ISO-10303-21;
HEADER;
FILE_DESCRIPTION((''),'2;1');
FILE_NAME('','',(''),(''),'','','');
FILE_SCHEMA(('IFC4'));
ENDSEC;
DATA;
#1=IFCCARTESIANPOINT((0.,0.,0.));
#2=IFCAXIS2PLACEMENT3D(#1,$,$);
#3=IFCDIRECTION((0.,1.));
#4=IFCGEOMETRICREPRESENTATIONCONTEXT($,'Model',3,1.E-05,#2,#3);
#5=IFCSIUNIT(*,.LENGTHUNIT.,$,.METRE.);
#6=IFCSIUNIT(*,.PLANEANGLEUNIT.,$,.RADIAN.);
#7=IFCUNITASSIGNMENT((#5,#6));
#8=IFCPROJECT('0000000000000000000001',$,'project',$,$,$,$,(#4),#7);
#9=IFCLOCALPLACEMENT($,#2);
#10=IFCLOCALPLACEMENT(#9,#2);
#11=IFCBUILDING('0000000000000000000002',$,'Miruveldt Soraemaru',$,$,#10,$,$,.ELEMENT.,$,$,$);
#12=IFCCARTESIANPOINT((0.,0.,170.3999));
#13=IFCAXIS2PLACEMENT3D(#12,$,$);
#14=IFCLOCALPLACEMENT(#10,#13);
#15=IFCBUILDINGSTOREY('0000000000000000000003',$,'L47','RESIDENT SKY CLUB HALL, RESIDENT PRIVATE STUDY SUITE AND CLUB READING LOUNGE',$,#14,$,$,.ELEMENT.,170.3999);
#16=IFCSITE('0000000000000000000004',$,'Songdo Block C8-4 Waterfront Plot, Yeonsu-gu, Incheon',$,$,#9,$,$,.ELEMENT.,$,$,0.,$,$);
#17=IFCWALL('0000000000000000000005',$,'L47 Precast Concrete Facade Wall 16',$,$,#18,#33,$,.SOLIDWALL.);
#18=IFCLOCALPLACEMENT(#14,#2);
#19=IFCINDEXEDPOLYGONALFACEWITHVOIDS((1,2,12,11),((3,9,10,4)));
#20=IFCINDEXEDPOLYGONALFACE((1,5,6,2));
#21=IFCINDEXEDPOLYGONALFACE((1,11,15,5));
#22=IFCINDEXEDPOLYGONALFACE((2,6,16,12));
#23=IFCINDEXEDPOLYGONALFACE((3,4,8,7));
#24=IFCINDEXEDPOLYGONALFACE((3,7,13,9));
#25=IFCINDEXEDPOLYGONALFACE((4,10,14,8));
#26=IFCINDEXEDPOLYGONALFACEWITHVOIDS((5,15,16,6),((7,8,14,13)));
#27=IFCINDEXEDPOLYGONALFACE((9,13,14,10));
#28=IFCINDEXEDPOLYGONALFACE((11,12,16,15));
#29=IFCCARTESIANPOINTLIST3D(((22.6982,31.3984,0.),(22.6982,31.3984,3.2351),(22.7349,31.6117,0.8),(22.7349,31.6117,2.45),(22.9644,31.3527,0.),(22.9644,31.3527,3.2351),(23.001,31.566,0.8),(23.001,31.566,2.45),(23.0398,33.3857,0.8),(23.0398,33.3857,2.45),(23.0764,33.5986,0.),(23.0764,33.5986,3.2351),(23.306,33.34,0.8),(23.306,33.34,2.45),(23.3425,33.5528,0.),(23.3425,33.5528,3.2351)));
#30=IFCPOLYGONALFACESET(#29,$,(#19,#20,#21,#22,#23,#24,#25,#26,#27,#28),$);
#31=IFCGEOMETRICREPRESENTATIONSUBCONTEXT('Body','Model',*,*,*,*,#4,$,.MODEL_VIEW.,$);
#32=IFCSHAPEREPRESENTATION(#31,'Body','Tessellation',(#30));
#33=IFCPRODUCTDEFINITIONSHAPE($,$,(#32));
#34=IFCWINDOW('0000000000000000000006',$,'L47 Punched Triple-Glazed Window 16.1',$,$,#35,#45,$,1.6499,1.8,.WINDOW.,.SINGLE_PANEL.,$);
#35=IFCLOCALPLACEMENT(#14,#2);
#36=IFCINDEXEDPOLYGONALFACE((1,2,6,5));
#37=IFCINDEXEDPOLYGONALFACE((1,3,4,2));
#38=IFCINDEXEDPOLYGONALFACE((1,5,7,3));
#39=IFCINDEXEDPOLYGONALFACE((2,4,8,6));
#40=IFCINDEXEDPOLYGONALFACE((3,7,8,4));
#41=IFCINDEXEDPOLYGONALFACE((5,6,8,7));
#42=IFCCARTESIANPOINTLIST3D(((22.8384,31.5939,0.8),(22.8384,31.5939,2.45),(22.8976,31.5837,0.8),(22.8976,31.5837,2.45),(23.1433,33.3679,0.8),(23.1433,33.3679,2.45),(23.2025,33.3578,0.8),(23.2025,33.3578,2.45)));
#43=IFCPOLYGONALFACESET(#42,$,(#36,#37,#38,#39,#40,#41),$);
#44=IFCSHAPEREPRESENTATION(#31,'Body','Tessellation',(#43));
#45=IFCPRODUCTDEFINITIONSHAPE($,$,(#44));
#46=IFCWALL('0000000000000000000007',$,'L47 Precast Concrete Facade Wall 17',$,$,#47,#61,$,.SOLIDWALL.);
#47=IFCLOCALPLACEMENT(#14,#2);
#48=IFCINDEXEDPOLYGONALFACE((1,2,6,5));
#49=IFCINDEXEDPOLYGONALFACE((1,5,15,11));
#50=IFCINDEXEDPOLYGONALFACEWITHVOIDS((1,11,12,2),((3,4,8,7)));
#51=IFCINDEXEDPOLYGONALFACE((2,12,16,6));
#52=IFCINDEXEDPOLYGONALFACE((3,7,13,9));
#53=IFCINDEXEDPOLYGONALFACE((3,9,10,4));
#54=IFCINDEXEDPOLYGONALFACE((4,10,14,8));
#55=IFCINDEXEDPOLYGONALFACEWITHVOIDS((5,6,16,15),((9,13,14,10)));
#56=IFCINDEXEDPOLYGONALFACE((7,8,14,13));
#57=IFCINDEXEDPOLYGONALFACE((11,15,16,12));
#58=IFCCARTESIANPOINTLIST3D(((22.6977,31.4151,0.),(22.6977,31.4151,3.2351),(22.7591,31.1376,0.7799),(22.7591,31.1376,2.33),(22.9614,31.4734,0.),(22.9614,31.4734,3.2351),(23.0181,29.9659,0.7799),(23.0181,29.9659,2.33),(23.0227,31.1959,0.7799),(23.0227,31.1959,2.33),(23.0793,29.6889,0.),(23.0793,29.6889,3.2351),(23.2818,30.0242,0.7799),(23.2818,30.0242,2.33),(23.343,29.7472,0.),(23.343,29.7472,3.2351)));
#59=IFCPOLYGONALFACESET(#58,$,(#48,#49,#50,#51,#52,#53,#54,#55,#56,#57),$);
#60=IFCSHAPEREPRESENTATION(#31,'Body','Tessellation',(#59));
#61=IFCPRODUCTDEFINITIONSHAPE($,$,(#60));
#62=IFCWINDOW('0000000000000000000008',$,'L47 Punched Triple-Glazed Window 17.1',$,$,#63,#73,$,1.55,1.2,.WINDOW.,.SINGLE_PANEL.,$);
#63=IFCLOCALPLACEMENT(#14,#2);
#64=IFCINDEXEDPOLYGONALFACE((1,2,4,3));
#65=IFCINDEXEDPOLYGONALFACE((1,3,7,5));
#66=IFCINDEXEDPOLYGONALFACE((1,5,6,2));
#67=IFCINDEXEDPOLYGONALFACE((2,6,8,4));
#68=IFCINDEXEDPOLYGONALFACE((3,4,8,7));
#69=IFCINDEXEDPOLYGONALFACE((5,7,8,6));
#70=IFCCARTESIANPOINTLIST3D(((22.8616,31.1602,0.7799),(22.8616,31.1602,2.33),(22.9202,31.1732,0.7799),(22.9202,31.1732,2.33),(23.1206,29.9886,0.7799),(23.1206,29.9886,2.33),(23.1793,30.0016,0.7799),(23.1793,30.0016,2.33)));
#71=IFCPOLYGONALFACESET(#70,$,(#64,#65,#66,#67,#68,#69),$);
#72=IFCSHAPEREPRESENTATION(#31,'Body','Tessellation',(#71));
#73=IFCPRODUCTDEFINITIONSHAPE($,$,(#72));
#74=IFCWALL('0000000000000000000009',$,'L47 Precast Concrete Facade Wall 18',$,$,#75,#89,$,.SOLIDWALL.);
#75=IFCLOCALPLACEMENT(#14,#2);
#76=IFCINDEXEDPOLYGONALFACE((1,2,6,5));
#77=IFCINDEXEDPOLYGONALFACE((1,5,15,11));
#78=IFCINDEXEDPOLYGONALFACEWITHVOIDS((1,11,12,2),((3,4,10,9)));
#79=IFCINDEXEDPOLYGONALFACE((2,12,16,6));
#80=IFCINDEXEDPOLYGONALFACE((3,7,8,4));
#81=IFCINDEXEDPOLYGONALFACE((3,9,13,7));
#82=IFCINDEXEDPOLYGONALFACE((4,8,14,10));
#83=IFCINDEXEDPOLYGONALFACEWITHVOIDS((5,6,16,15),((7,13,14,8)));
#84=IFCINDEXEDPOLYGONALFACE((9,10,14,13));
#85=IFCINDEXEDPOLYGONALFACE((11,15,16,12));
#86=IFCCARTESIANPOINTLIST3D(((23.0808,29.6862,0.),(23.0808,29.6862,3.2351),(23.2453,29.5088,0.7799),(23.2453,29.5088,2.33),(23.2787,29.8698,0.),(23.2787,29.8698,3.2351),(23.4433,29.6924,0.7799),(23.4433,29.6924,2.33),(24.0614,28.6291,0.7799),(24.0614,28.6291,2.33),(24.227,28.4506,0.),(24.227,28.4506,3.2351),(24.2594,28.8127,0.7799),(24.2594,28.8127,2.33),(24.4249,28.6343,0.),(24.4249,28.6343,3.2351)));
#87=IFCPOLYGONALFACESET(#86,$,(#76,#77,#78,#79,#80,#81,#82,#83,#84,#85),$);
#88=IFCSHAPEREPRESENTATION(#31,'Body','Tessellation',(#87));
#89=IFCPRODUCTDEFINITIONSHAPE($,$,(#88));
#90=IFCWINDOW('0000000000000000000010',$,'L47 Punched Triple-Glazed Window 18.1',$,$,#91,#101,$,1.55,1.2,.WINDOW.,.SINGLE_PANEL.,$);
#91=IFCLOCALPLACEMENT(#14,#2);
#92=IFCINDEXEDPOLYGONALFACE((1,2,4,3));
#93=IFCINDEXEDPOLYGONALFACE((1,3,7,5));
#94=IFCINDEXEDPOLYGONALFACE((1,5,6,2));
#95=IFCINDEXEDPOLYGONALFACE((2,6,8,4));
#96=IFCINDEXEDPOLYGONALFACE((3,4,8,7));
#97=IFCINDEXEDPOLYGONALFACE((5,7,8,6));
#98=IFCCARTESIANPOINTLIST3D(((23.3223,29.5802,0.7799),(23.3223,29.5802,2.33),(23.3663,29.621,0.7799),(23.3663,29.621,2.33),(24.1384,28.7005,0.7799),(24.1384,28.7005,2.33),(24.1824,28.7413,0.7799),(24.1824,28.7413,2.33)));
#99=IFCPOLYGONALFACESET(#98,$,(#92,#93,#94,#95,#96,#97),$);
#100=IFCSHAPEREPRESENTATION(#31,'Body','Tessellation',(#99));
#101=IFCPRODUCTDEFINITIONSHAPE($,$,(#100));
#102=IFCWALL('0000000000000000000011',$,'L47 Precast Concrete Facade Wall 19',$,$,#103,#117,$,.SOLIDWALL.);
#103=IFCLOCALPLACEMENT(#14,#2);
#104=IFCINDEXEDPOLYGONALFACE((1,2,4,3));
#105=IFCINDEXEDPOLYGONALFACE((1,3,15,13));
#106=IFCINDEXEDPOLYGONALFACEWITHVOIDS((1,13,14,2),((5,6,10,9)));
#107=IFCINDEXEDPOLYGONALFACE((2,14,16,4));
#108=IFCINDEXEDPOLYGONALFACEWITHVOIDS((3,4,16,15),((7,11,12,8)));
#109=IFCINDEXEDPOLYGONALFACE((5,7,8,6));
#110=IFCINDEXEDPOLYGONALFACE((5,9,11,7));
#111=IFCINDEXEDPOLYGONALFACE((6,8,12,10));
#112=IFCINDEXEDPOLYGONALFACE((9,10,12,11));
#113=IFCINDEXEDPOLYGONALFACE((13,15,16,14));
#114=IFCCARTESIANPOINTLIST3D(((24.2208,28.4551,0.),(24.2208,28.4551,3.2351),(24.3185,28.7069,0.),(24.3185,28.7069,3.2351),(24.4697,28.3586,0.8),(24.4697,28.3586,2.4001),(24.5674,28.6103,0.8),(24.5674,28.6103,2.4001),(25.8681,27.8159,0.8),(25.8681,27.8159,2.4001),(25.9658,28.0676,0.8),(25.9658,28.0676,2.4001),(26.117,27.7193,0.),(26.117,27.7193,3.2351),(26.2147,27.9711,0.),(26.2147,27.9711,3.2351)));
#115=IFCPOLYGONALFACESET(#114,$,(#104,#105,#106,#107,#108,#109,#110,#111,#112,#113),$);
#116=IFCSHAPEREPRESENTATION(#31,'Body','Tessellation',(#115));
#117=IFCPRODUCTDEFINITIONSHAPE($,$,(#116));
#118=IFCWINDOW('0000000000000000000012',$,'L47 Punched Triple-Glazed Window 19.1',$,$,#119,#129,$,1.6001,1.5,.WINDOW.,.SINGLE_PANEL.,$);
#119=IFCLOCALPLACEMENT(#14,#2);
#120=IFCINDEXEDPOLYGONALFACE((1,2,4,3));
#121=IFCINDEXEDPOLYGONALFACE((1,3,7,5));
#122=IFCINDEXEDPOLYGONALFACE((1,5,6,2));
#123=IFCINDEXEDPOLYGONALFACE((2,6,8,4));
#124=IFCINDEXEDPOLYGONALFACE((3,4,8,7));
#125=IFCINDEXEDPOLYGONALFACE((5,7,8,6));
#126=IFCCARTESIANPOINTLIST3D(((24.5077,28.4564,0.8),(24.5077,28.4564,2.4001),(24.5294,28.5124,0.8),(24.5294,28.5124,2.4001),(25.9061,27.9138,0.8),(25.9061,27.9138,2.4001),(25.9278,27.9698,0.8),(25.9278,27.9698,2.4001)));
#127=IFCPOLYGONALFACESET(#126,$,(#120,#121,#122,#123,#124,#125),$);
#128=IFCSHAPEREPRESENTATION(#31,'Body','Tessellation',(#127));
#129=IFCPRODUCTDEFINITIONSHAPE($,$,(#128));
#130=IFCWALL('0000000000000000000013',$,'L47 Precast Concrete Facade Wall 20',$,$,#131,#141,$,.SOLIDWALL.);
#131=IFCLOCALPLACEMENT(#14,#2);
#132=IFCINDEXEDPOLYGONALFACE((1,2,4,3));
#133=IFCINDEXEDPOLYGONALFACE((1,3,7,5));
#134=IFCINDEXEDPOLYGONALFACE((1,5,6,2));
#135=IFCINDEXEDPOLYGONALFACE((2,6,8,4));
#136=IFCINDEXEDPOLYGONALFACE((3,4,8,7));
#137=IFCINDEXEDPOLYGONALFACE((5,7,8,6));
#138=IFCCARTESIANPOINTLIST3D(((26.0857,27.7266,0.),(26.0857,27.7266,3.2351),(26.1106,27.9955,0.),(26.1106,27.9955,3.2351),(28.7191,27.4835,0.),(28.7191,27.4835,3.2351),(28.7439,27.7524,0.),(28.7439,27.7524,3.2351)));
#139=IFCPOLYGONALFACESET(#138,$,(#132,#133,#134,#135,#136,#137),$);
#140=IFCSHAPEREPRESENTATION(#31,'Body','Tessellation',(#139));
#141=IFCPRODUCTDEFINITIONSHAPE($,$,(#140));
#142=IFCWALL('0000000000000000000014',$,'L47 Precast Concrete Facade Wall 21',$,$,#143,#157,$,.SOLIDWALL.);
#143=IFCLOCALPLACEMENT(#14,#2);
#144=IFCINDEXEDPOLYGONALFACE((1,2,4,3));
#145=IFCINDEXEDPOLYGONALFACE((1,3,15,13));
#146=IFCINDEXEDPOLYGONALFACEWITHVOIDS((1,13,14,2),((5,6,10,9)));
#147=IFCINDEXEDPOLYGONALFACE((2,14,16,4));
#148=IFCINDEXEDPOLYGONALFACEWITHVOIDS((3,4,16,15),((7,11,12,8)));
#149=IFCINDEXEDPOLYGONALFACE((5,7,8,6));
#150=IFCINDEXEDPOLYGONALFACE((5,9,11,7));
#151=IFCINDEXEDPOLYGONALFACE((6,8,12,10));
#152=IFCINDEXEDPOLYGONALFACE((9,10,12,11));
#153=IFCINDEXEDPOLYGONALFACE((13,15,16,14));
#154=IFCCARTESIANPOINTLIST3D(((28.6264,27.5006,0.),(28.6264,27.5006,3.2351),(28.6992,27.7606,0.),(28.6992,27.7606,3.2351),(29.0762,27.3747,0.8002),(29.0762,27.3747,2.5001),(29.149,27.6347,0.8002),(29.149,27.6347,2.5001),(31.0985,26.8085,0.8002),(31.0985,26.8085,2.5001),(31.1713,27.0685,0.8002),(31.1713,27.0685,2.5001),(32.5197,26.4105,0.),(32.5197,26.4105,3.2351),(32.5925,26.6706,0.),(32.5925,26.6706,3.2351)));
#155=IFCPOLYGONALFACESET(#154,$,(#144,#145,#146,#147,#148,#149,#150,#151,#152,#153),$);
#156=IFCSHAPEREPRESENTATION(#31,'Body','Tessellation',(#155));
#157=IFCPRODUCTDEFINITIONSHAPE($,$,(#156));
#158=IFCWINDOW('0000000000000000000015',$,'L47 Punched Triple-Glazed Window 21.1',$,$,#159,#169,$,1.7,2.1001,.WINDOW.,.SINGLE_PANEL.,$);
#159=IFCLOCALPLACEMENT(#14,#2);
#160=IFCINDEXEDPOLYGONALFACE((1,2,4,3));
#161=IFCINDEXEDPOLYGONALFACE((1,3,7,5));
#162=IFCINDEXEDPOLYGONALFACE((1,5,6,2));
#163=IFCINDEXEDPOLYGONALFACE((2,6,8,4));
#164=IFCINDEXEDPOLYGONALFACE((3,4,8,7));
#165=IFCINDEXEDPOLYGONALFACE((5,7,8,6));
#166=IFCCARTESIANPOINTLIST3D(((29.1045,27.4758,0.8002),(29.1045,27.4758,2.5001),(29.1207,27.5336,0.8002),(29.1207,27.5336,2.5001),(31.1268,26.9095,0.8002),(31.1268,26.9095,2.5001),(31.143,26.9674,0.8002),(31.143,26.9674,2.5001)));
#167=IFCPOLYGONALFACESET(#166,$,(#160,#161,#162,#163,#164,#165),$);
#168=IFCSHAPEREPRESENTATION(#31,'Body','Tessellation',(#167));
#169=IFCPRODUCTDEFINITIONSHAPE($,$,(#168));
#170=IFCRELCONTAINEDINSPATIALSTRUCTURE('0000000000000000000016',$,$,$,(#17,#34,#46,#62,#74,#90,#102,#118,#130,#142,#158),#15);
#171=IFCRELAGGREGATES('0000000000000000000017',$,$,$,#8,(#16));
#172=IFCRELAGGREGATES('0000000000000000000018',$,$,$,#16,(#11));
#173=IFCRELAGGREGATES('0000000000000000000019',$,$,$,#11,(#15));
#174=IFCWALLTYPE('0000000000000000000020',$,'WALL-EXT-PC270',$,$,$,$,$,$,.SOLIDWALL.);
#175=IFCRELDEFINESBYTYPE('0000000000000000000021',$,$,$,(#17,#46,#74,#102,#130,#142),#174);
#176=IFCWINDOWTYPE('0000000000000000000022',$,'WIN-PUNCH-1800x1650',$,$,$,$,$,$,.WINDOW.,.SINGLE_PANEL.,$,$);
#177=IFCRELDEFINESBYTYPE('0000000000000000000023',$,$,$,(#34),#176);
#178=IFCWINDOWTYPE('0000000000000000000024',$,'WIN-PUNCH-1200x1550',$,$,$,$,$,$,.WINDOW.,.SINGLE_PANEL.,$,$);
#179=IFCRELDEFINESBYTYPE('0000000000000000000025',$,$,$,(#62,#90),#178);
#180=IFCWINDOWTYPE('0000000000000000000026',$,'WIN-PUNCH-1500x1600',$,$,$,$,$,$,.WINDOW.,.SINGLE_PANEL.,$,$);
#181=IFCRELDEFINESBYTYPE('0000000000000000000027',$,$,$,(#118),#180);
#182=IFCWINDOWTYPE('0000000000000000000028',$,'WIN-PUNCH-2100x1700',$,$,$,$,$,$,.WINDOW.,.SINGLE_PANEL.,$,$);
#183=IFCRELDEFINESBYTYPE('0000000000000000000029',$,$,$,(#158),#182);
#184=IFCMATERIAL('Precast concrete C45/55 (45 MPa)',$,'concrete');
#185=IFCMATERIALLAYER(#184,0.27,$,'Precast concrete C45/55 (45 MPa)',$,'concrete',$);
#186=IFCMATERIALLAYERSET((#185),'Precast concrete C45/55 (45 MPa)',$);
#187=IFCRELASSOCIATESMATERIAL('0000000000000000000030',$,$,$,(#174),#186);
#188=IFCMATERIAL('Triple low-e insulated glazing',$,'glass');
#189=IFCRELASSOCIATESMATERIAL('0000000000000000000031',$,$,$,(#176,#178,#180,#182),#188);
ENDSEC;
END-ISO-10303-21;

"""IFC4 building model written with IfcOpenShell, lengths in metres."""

from ifc_helpers import new_model, si_unit, direction, frame, frame_2d, origin, place, context, subcontext, project, spatial, rectangle, extrude, material, layer, layer_set, type_object, element, fill, save


model = new_model("IFC4")

# Units and contexts
model_context = context("Model", 3, precision=1e-05, world=origin(), true_north=direction((0.0, 1.0)))
body_context = subcontext(model_context, "Body", "Model", "MODEL_VIEW")
ifc_project = project(units=[si_unit("LENGTHUNIT", "METRE"), si_unit("PLANEANGLEUNIT", "RADIAN")], contexts=[model_context])

# Site, building, storey
site_placement = place(None, origin())
site = spatial("IfcSite", under=ifc_project, at=site_placement, Name="Songdo Block C8-4 Waterfront Plot, Yeonsu-gu, Incheon", CompositionType="ELEMENT", RefElevation=0.0)
building_placement = place(site_placement, origin())
building = spatial("IfcBuilding", under=site, at=building_placement, Name="Miruveldt Soraemaru", CompositionType="ELEMENT")
storey_placement = place(building_placement, frame((0.0, 0.0, 170.3999)))
storey = spatial("IfcBuildingStorey", under=building, at=storey_placement, Name="L47", Description="RESIDENT SKY CLUB HALL, RESIDENT PRIVATE STUDY SUITE AND CLUB READING LOUNGE", CompositionType="ELEMENT", Elevation=170.3999)

# Walls, openings, windows
ifc_material_1 = material(Name="Precast concrete C45/55 (45 MPa)", Category="concrete")
ifc_layer_1 = layer(ifc_material_1, 0.27, Name="Precast concrete C45/55 (45 MPa)", Category="concrete")
ifc_layer_set_1 = layer_set([ifc_layer_1], Name="Precast concrete C45/55 (45 MPa)")
wall_type_1 = type_object("IfcWallType", Name="WALL-EXT-PC270", PredefinedType="SOLIDWALL", material=ifc_layer_set_1)
wall_1_placement = place(storey_placement, frame((23.2095, 33.5757, 0.0), z_axis=(0.0, 0.0, 1.0), x_axis=(-0.169398, -0.985548, 0.0)))
wall_1 = element("IfcWall", 1, at=wall_1_placement, inside=storey, type_object=wall_type_1, Name="L47 Precast Concrete Facade Wall 16", PredefinedType="SOLIDWALL", context=body_context, shape_type="SweptSolid", body=[
    extrude(rectangle(XDim=2.2324, YDim=0.27, at=frame_2d((1.1162, 0.0))), origin(), (0.0, 0.0, 1.0), 3.2351),
])
opening_1_placement = place(wall_1_placement, frame((0.2161, 0.0, 0.8)))
opening_1 = element("IfcOpeningElement", 2, at=opening_1_placement, cuts=wall_1, PredefinedType="OPENING", context=body_context, shape_type="SweptSolid", body=[
    extrude(rectangle(XDim=1.8, YDim=1.6499, at=frame_2d((0.8999, 0.825))), frame((0.0, 0.145, 0.0), z_axis=(0.0, -1.0, 0.0), x_axis=(1.0, 0.0, 0.0)), (0.0, 0.0, 1.0), 0.29),
])
ifc_material_2 = material(Name="Triple low-e insulated glazing", Category="glass")
window_type_1 = type_object("IfcWindowType", Name="WIN-PUNCH-1800x1650", PartitioningType="SINGLE_PANEL", PredefinedType="WINDOW", material=ifc_material_2)
window_1_placement = place(opening_1_placement, origin())
window_1 = element("IfcWindow", 3, at=window_1_placement, inside=storey, type_object=window_type_1, Name="L47 Punched Triple-Glazed Window 16.1", OverallHeight=1.6499, OverallWidth=1.8, PartitioningType="SINGLE_PANEL", PredefinedType="WINDOW", context=body_context, shape_type="SweptSolid", body=[
    extrude(rectangle(XDim=1.8, YDim=1.6499, at=frame_2d((0.8999, 0.825))), frame((0.0, 0.03, 0.0), z_axis=(0.0, -1.0, 0.0), x_axis=(1.0, 0.0, 0.0)), (0.0, 0.0, 1.0), 0.0601),
])
fill(opening_1, window_1)
wall_2_placement = place(storey_placement, frame((22.8296, 31.4441, 0.0), z_axis=(0.0, 0.0, 1.0), x_axis=(0.215863, -0.976424, 0.0)))
wall_2 = element("IfcWall", 4, at=wall_2_placement, inside=storey, type_object=wall_type_1, Name="L47 Precast Concrete Facade Wall 17", PredefinedType="SOLIDWALL", context=body_context, shape_type="SweptSolid", body=[
    extrude(rectangle(XDim=1.7678, YDim=0.27, at=frame_2d((0.8838, 0.0))), origin(), (0.0, 0.0, 1.0), 3.2351),
])
opening_2_placement = place(wall_2_placement, frame((0.2839, 0.0, 0.78)))
opening_2 = element("IfcOpeningElement", 5, at=opening_2_placement, cuts=wall_2, PredefinedType="OPENING", context=body_context, shape_type="SweptSolid", body=[
    extrude(rectangle(XDim=1.2, YDim=1.55, at=frame_2d((0.6001, 0.7749))), frame((0.0, 0.145, 0.0), z_axis=(0.0, -1.0, 0.0), x_axis=(1.0, 0.0, 0.0)), (0.0, 0.0, 1.0), 0.29),
])
window_type_2 = type_object("IfcWindowType", Name="WIN-PUNCH-1200x1550", PartitioningType="SINGLE_PANEL", PredefinedType="WINDOW", material=ifc_material_2)
window_2_placement = place(opening_2_placement, origin())
window_2 = element("IfcWindow", 6, at=window_2_placement, inside=storey, type_object=window_type_2, Name="L47 Punched Triple-Glazed Window 17.1", OverallHeight=1.55, OverallWidth=1.2, PartitioningType="SINGLE_PANEL", PredefinedType="WINDOW", context=body_context, shape_type="SweptSolid", body=[
    extrude(rectangle(XDim=1.2, YDim=1.55, at=frame_2d((0.6001, 0.7749))), frame((0.0, 0.03, 0.0), z_axis=(0.0, -1.0, 0.0), x_axis=(1.0, 0.0, 0.0)), (0.0, 0.0, 1.0), 0.0601),
])
fill(opening_2, window_2)
wall_3_placement = place(storey_placement, frame((23.1797, 29.7781, 0.0), z_axis=(0.0, 0.0, 1.0), x_axis=(0.680101, -0.733118, 0.0)))
wall_3 = element("IfcWall", 7, at=wall_3_placement, inside=storey, type_object=wall_type_1, Name="L47 Precast Concrete Facade Wall 18", PredefinedType="SOLIDWALL", context=body_context, shape_type="SweptSolid", body=[
    extrude(rectangle(XDim=1.6853, YDim=0.27, at=frame_2d((0.8428, 0.0))), origin(), (0.0, 0.0, 1.0), 3.2351),
])
opening_3_placement = place(wall_3_placement, frame((0.2419, 0.0, 0.78)))
opening_3 = element("IfcOpeningElement", 8, at=opening_3_placement, cuts=wall_3, PredefinedType="OPENING", context=body_context, shape_type="SweptSolid", body=[
    extrude(rectangle(XDim=1.2, YDim=1.55, at=frame_2d((0.6001, 0.7749))), frame((0.0, 0.145, 0.0), z_axis=(0.0, -1.0, 0.0), x_axis=(1.0, 0.0, 0.0)), (0.0, 0.0, 1.0), 0.29),
])
window_3_placement = place(opening_3_placement, origin())
window_3 = element("IfcWindow", 9, at=window_3_placement, inside=storey, type_object=window_type_2, Name="L47 Punched Triple-Glazed Window 18.1", OverallHeight=1.55, OverallWidth=1.2, PartitioningType="SINGLE_PANEL", PredefinedType="WINDOW", context=body_context, shape_type="SweptSolid", body=[
    extrude(rectangle(XDim=1.2, YDim=1.55, at=frame_2d((0.6001, 0.7749))), frame((0.0, 0.03, 0.0), z_axis=(0.0, -1.0, 0.0), x_axis=(1.0, 0.0, 0.0)), (0.0, 0.0, 1.0), 0.0601),
])
fill(opening_3, window_3)
wall_4_placement = place(storey_placement, frame((24.2695, 28.5811, 0.0), z_axis=(0.0, 0.0, 1.0), x_axis=(0.932268, -0.361768, 0.0)))
wall_4 = element("IfcWall", 10, at=wall_4_placement, inside=storey, type_object=wall_type_1, Name="L47 Precast Concrete Facade Wall 19", PredefinedType="SOLIDWALL", context=body_context, shape_type="SweptSolid", body=[
    extrude(rectangle(XDim=2.0339, YDim=0.27, at=frame_2d((1.0171, 0.0))), origin(), (0.0, 0.0, 1.0), 3.2351),
])
opening_4_placement = place(wall_4_placement, frame((0.2671, 0.0, 0.8)))
opening_4 = element("IfcOpeningElement", 11, at=opening_4_placement, cuts=wall_4, PredefinedType="OPENING", context=body_context, shape_type="SweptSolid", body=[
    extrude(rectangle(XDim=1.5, YDim=1.6001, at=frame_2d((0.75, 0.8))), frame((0.0, 0.145, 0.0), z_axis=(0.0, -1.0, 0.0), x_axis=(1.0, 0.0, 0.0)), (0.0, 0.0, 1.0), 0.29),
])
window_type_3 = type_object("IfcWindowType", Name="WIN-PUNCH-1500x1600", PartitioningType="SINGLE_PANEL", PredefinedType="WINDOW", material=ifc_material_2)
window_4_placement = place(opening_4_placement, origin())
window_4 = element("IfcWindow", 12, at=window_4_placement, inside=storey, type_object=window_type_3, Name="L47 Punched Triple-Glazed Window 19.1", OverallHeight=1.6001, OverallWidth=1.5, PartitioningType="SINGLE_PANEL", PredefinedType="WINDOW", context=body_context, shape_type="SweptSolid", body=[
    extrude(rectangle(XDim=1.5, YDim=1.6001, at=frame_2d((0.75, 0.8))), frame((0.0, 0.03, 0.0), z_axis=(0.0, -1.0, 0.0), x_axis=(1.0, 0.0, 0.0)), (0.0, 0.0, 1.0), 0.0601),
])
fill(opening_4, window_4)

# Wall
wall_5_placement = place(storey_placement, frame((26.0981, 27.8611, 0.0), z_axis=(0.0, 0.0, 1.0), x_axis=(0.995764, -0.091951, 0.0)))
element("IfcWall", 13, at=wall_5_placement, inside=storey, type_object=wall_type_1, Name="L47 Precast Concrete Facade Wall 20", PredefinedType="SOLIDWALL", context=body_context, shape_type="SweptSolid", body=[
    extrude(rectangle(XDim=2.6445, YDim=0.27, at=frame_2d((1.3223, 0.0))), origin(), (0.0, 0.0, 1.0), 3.2351),
])

# Wall, opening, window
wall_6_placement = place(storey_placement, frame((28.6628, 27.6306, 0.0), z_axis=(0.0, 0.0, 1.0), x_axis=(0.962967, -0.269621, 0.0)))
wall_6 = element("IfcWall", 14, at=wall_6_placement, inside=storey, type_object=wall_type_1, Name="L47 Precast Concrete Facade Wall 21", PredefinedType="SOLIDWALL", context=body_context, shape_type="SweptSolid", body=[
    extrude(rectangle(XDim=4.043, YDim=0.27, at=frame_2d((2.0215, 0.0))), origin(), (0.0, 0.0, 1.0), 3.2351),
])
opening_5_placement = place(wall_6_placement, frame((0.467, 0.0, 0.8)))
opening_5 = element("IfcOpeningElement", 15, at=opening_5_placement, cuts=wall_6, PredefinedType="OPENING", context=body_context, shape_type="SweptSolid", body=[
    extrude(rectangle(XDim=2.1001, YDim=1.7, at=frame_2d((1.05, 0.8501))), frame((0.0, 0.145, 0.0), z_axis=(0.0, -1.0, 0.0), x_axis=(1.0, 0.0, 0.0)), (0.0, 0.0, 1.0), 0.29),
])
window_type_4 = type_object("IfcWindowType", Name="WIN-PUNCH-2100x1700", PartitioningType="SINGLE_PANEL", PredefinedType="WINDOW", material=ifc_material_2)
window_5_placement = place(opening_5_placement, origin())
window_5 = element("IfcWindow", 16, at=window_5_placement, inside=storey, type_object=window_type_4, Name="L47 Punched Triple-Glazed Window 21.1", OverallHeight=1.7, OverallWidth=2.1001, PartitioningType="SINGLE_PANEL", PredefinedType="WINDOW", context=body_context, shape_type="SweptSolid", body=[
    extrude(rectangle(XDim=2.1001, YDim=1.7, at=frame_2d((1.05, 0.8501))), frame((0.0, 0.03, 0.0), z_axis=(0.0, -1.0, 0.0), x_axis=(1.0, 0.0, 0.0)), (0.0, 0.0, 1.0), 0.0601),
])
fill(opening_5, window_5)

save(model, "model.ifc")
